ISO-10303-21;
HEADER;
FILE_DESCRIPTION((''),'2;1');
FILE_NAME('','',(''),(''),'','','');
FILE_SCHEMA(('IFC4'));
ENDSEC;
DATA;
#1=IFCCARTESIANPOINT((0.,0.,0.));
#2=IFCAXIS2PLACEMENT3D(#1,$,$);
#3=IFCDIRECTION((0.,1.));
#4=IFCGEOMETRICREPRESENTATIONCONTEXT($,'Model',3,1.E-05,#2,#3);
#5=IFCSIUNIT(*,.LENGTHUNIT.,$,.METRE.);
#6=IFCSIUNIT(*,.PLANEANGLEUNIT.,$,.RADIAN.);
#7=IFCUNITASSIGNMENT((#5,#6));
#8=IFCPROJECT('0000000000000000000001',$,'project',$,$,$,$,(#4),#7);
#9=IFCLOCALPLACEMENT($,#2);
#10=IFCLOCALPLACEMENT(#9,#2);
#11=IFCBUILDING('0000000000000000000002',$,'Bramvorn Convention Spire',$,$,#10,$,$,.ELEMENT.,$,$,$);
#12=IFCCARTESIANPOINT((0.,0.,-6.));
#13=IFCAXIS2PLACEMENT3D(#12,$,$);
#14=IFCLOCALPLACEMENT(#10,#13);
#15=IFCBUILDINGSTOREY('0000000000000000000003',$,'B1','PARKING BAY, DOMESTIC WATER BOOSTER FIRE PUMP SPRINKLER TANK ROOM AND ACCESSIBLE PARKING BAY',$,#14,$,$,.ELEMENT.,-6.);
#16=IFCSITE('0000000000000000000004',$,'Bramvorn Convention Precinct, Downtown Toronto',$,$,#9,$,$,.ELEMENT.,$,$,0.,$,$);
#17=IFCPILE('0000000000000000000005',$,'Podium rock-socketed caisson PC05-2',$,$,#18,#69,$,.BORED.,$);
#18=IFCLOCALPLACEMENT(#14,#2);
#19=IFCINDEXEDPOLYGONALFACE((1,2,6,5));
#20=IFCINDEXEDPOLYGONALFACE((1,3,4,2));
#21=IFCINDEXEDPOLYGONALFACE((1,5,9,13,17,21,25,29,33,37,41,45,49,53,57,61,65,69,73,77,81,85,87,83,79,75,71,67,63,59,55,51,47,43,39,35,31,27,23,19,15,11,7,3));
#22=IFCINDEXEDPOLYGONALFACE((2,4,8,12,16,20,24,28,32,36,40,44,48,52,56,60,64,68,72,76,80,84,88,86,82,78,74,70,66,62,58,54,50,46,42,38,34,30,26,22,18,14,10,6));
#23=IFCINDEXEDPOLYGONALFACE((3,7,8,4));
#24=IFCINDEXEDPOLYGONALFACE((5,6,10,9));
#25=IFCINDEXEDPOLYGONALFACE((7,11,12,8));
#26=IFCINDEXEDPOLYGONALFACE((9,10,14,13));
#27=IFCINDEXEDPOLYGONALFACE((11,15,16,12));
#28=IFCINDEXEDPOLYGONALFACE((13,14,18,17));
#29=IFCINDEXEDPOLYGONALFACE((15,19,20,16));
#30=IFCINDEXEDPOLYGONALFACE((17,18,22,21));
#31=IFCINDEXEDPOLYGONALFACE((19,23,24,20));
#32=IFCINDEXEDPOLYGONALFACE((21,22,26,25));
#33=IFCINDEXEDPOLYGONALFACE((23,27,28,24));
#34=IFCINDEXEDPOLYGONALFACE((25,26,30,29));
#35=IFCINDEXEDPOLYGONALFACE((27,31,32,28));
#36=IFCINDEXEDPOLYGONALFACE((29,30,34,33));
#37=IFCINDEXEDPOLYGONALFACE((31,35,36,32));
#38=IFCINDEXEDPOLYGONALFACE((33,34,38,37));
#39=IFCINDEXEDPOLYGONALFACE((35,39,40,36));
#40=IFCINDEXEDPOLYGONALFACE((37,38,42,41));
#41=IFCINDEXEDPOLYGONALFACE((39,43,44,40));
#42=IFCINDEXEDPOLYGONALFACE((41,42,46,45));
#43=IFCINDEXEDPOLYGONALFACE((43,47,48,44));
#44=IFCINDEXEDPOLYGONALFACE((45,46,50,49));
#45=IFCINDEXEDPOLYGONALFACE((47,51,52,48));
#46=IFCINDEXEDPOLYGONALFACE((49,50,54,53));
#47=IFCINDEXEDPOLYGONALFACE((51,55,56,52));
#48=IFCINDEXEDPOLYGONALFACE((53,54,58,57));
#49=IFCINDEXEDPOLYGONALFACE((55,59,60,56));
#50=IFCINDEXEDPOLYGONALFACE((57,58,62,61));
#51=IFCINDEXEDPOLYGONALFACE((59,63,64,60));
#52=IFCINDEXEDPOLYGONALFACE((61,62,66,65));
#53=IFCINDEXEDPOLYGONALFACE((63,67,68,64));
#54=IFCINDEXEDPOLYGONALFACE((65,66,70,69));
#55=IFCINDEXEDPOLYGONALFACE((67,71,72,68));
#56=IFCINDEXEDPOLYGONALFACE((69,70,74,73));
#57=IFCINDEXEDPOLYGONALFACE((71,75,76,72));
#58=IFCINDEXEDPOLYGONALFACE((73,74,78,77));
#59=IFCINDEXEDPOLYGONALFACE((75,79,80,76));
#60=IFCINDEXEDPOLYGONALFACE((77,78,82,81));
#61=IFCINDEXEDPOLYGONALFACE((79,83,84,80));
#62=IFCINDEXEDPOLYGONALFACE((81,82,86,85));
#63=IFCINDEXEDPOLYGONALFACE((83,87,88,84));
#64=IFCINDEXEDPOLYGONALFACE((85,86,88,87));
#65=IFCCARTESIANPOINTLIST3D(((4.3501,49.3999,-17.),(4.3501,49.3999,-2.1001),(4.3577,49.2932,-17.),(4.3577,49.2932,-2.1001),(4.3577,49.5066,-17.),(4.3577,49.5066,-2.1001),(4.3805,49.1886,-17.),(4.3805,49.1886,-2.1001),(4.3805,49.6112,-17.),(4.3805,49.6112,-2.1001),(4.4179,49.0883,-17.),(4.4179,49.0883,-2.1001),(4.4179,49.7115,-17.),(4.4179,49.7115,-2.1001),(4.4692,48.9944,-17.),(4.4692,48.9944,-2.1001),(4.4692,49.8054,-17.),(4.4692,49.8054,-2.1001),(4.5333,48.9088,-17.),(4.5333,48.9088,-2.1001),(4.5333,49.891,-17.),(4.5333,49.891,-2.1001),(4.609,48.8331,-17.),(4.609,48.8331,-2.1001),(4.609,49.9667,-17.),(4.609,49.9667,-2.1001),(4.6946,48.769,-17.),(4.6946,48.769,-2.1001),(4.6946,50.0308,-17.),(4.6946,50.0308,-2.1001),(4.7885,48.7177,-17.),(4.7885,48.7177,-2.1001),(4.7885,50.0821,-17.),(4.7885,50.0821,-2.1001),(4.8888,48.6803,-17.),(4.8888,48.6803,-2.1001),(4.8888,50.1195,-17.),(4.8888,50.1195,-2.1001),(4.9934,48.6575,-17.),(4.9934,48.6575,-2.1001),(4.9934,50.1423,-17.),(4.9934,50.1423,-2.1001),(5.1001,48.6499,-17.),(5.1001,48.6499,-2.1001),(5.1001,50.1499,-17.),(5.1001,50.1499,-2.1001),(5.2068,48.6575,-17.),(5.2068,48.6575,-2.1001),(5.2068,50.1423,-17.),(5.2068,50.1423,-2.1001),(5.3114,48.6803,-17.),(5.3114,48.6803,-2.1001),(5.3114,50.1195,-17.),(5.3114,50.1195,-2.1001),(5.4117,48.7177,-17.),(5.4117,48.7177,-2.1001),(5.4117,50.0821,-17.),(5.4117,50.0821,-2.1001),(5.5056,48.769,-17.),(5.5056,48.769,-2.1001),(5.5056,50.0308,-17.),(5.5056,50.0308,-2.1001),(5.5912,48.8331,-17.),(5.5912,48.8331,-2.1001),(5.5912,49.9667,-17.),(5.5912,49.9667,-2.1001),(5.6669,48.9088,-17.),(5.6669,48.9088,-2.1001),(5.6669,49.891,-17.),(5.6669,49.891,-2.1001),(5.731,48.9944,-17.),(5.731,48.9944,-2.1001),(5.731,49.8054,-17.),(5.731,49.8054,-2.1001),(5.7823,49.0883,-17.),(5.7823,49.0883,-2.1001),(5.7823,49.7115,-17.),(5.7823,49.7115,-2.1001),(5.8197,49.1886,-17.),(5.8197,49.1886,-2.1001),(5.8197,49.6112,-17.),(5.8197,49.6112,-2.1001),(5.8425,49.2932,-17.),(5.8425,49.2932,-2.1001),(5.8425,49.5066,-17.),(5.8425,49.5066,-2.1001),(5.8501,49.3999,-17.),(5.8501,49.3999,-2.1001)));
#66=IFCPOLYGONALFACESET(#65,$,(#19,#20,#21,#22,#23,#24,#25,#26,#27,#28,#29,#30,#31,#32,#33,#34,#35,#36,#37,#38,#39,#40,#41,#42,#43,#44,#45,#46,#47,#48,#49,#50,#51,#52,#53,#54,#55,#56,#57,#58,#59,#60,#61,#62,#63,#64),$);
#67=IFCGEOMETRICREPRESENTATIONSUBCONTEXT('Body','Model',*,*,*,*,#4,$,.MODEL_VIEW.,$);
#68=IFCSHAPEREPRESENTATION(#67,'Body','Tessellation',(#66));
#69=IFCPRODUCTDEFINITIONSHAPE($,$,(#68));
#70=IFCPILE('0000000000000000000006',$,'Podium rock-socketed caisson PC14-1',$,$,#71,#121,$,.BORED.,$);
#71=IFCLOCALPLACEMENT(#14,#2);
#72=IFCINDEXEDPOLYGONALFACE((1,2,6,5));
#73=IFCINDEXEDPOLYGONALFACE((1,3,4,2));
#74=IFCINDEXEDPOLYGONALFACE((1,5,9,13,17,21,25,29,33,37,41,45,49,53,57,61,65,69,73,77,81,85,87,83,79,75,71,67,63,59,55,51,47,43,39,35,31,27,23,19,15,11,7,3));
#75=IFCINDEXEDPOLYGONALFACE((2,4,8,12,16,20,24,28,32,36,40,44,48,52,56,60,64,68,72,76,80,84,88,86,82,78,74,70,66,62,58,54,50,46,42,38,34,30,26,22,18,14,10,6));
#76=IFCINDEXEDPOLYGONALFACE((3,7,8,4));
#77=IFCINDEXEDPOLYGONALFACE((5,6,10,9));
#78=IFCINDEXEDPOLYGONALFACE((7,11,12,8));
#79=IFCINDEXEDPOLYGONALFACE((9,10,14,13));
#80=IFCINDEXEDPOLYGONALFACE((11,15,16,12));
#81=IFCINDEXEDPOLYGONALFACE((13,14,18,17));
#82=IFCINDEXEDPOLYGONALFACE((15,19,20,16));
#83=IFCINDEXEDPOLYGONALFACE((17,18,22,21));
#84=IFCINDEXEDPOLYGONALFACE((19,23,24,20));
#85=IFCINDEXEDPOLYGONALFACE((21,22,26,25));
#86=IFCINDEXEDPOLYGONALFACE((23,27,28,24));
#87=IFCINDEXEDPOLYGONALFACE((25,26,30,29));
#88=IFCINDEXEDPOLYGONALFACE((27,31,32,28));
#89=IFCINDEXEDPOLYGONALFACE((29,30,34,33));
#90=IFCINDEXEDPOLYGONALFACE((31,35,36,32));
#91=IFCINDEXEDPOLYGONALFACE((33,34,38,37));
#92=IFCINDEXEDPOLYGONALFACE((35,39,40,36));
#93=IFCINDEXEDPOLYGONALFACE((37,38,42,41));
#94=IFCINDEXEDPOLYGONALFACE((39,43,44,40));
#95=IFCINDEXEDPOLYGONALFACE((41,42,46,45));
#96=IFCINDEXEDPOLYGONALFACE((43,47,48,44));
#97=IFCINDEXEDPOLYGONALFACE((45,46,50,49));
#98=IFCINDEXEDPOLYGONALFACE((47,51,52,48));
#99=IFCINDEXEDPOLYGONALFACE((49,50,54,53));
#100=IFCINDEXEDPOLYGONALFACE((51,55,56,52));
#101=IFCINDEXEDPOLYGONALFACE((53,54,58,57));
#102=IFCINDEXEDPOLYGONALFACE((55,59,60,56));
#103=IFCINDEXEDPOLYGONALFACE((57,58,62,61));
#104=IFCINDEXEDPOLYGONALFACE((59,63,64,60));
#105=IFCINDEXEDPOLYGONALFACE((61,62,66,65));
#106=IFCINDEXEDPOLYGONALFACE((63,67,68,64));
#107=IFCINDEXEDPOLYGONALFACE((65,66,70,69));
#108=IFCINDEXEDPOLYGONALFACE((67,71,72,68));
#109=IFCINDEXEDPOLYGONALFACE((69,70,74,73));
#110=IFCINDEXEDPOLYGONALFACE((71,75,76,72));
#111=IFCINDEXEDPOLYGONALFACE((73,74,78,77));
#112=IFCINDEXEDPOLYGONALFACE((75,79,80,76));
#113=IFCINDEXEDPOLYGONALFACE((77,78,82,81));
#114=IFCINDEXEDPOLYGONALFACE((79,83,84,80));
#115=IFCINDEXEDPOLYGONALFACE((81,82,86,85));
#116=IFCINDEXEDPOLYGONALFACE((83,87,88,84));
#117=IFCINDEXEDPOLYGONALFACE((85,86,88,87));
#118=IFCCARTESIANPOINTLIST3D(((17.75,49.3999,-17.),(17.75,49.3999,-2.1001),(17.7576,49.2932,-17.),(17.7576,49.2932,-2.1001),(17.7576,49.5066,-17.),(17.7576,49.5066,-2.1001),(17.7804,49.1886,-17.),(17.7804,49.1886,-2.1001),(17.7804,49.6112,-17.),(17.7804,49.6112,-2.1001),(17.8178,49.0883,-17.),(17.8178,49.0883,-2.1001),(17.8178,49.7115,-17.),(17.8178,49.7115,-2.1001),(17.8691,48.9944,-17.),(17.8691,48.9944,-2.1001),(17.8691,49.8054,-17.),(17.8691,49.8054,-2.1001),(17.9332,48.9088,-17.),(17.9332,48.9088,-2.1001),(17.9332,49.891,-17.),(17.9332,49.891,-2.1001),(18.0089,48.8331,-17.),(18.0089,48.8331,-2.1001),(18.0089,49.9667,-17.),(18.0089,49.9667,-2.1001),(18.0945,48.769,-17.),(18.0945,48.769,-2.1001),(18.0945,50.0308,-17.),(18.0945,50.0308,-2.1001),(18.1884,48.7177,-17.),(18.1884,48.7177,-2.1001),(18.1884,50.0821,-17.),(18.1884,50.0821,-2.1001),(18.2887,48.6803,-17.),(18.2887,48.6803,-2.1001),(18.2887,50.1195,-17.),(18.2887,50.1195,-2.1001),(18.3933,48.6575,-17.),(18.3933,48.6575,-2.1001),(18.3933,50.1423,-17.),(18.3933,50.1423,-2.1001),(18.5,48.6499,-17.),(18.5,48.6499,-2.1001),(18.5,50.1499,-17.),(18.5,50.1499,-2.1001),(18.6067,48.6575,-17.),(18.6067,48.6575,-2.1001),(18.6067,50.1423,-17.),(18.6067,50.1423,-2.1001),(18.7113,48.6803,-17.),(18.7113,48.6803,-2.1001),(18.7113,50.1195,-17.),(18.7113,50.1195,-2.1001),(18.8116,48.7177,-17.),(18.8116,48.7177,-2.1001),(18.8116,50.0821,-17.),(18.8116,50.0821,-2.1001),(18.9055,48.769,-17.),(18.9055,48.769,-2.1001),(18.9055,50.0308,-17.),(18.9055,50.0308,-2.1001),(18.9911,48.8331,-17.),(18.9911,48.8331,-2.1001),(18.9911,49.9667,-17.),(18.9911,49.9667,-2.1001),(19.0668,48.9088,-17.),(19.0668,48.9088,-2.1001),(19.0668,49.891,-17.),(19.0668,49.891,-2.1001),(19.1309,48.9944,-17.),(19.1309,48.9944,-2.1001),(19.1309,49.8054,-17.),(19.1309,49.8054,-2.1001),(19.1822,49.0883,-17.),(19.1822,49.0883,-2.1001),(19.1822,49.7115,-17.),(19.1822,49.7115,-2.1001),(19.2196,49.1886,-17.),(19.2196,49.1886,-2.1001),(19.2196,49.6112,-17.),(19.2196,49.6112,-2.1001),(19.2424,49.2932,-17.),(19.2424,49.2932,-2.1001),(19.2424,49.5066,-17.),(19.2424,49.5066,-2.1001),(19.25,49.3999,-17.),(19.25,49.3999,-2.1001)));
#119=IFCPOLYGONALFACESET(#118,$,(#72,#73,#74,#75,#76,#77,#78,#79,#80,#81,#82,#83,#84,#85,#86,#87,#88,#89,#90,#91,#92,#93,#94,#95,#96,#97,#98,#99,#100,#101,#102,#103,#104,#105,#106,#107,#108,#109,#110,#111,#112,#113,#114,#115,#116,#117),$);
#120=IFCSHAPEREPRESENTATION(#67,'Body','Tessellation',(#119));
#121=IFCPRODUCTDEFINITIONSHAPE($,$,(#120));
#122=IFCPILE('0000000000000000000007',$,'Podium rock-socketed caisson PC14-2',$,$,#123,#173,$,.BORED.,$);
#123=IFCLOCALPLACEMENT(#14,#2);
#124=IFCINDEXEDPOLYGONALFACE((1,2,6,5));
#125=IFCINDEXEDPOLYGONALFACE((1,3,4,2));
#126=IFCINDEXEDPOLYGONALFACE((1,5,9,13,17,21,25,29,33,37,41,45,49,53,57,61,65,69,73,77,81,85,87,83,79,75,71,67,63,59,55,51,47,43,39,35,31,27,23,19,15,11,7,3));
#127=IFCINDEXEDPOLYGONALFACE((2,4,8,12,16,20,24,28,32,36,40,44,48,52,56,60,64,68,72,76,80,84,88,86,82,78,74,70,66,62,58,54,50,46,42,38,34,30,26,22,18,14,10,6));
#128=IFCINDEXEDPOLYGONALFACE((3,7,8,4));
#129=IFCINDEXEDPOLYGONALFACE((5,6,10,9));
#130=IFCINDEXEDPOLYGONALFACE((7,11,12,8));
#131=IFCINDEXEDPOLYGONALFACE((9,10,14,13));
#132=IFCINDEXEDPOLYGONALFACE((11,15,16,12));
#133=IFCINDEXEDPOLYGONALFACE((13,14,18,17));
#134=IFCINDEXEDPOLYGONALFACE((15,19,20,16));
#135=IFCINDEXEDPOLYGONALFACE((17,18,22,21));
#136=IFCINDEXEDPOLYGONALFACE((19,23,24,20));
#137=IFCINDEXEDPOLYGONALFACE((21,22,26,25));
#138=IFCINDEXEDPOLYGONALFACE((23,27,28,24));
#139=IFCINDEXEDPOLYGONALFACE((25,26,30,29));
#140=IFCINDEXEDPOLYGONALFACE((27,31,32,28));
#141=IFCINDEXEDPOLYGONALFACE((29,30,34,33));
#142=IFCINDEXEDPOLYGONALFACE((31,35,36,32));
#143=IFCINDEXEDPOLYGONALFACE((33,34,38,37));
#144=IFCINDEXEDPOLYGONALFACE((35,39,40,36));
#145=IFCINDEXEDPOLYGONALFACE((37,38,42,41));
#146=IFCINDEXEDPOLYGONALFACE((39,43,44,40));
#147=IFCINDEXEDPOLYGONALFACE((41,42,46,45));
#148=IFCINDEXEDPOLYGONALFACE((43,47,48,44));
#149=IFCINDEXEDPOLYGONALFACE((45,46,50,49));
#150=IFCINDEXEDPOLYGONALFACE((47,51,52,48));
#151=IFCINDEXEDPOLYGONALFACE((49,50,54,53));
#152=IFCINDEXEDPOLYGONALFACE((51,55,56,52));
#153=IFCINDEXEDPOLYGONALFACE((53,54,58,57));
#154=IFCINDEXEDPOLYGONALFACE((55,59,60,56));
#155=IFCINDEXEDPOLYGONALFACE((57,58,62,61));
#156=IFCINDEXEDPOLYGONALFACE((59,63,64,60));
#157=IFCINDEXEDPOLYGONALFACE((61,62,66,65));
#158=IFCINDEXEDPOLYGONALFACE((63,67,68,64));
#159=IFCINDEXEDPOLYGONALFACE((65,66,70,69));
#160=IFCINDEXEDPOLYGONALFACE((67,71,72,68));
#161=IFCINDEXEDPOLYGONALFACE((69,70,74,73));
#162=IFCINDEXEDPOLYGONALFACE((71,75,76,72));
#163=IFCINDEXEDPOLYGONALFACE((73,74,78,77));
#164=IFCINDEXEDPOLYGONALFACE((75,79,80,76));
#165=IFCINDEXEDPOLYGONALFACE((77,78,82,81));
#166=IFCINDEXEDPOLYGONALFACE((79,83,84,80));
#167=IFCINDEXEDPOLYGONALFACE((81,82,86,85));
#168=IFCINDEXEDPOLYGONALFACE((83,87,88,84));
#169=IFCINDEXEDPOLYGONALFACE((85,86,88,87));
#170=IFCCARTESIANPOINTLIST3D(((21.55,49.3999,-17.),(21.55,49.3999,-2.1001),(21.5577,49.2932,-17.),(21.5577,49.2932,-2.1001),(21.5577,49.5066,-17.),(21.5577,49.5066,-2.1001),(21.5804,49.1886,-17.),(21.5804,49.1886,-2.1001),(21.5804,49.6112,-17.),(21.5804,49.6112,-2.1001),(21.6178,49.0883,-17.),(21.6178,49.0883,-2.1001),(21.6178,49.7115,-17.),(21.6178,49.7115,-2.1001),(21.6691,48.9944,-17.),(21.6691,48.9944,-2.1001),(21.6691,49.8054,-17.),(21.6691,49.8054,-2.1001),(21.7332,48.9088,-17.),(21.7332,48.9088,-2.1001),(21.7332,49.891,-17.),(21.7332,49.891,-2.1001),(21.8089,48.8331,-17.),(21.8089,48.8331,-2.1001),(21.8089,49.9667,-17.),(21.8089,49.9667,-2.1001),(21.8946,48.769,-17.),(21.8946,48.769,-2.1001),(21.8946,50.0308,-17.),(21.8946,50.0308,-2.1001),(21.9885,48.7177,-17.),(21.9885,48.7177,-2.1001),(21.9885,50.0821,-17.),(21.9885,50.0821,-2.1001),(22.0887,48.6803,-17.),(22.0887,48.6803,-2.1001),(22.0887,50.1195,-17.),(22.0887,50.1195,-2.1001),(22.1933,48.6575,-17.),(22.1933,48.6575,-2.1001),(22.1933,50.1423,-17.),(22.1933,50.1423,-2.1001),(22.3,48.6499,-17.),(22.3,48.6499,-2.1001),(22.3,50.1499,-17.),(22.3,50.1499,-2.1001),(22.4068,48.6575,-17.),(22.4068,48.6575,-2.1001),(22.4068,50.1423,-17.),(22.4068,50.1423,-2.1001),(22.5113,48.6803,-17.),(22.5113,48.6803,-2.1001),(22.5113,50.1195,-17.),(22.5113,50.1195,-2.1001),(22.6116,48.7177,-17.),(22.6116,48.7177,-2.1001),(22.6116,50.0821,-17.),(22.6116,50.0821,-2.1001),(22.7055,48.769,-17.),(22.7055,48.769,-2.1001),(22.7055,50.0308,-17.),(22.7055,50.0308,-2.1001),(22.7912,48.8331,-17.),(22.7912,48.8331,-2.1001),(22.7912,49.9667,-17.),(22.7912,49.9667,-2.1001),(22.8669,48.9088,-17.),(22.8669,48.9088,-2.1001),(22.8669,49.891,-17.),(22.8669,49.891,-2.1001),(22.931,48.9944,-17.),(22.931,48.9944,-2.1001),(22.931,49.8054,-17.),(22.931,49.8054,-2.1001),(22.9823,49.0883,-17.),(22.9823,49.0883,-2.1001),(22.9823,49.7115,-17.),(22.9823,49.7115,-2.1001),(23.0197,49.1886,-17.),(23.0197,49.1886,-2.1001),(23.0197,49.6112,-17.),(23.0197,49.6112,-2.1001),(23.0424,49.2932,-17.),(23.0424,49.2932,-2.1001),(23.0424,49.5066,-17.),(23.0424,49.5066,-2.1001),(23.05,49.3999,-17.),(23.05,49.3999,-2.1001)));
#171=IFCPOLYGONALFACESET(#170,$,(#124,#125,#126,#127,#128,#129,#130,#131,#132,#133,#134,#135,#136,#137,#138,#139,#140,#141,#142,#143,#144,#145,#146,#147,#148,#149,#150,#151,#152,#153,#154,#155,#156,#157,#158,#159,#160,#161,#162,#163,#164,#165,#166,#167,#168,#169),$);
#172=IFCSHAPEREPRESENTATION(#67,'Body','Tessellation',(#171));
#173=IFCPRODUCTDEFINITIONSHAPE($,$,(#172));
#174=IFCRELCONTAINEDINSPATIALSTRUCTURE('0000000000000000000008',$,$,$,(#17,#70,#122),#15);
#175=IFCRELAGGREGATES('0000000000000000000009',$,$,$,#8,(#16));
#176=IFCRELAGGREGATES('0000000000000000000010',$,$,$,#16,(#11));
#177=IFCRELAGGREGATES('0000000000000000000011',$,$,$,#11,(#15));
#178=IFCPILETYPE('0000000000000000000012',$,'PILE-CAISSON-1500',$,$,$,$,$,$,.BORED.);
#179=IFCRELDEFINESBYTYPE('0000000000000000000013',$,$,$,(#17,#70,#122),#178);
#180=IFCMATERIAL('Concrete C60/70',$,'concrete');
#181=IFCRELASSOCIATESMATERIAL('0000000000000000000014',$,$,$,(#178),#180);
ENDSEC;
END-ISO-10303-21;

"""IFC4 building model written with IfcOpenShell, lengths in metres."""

from ifc_helpers import new_model, si_unit, direction, frame, origin, origin_2d, place, context, subcontext, project, spatial, circle, extrude, material, material_profile, profile_set, type_object, element, save


model = new_model("IFC4")

# Units and contexts
model_context = context("Model", 3, precision=1e-05, world=origin(), true_north=direction((0.0, 1.0)))
body_context = subcontext(model_context, "Body", "Model", "MODEL_VIEW")
ifc_project = project(units=[si_unit("LENGTHUNIT", "METRE"), si_unit("PLANEANGLEUNIT", "RADIAN")], contexts=[model_context])

# Site, building, storey
site_placement = place(None, origin())
site = spatial("IfcSite", under=ifc_project, at=site_placement, Name="Bramvorn Convention Precinct, Downtown Toronto", CompositionType="ELEMENT", RefElevation=0.0)
building_placement = place(site_placement, origin())
building = spatial("IfcBuilding", under=site, at=building_placement, Name="Bramvorn Convention Spire", CompositionType="ELEMENT")
storey_placement = place(building_placement, frame((0.0, 0.0, -6.0)))
storey = spatial("IfcBuildingStorey", under=building, at=storey_placement, Name="B1", Description="PARKING BAY, DOMESTIC WATER BOOSTER FIRE PUMP SPRINKLER TANK ROOM AND ACCESSIBLE PARKING BAY", CompositionType="ELEMENT", Elevation=-6.0)

# Shared definitions
ifc_material_1 = material(Name="Concrete C60/70", Category="concrete")

# Piles
ifc_material_profile_1 = material_profile(ifc_material_1, circle(Radius=0.75, at=origin_2d()))
ifc_profile_set_1 = profile_set([ifc_material_profile_1], Name="Concrete C60/70 - CAISSON1500")
pile_type_1 = type_object("IfcPileType", Name="PILE-CAISSON-1500", PredefinedType="BORED", material=ifc_profile_set_1)
for number, where, z_axis, x_axis, name in (
    (1, (5.1001, 49.3999, -2.1001), (0.0, 0.0, -1.0), (1.0, 0.0, 0.0), "Podium rock-socketed caisson PC05-2"),
    (2, (18.5, 49.3999, -2.1001), (0.0, 0.0, -1.0), (1.0, 0.0, 0.0), "Podium rock-socketed caisson PC14-1"),
    (3, (22.3, 49.3999, -2.1001), (0.0, 0.0, -1.0), (1.0, 0.0, 0.0), "Podium rock-socketed caisson PC14-2"),
):
    element("IfcPile", number, at=place(storey_placement, frame(where, z_axis=z_axis, x_axis=x_axis)), inside=storey, type_object=pile_type_1, Name=name, PredefinedType="BORED", context=body_context, shape_type="SweptSolid", body=[
        extrude(circle(Radius=0.75, at=origin_2d()), origin(), (0.0, 0.0, 1.0), 14.8999),
    ])

save(model, "model.ifc")
